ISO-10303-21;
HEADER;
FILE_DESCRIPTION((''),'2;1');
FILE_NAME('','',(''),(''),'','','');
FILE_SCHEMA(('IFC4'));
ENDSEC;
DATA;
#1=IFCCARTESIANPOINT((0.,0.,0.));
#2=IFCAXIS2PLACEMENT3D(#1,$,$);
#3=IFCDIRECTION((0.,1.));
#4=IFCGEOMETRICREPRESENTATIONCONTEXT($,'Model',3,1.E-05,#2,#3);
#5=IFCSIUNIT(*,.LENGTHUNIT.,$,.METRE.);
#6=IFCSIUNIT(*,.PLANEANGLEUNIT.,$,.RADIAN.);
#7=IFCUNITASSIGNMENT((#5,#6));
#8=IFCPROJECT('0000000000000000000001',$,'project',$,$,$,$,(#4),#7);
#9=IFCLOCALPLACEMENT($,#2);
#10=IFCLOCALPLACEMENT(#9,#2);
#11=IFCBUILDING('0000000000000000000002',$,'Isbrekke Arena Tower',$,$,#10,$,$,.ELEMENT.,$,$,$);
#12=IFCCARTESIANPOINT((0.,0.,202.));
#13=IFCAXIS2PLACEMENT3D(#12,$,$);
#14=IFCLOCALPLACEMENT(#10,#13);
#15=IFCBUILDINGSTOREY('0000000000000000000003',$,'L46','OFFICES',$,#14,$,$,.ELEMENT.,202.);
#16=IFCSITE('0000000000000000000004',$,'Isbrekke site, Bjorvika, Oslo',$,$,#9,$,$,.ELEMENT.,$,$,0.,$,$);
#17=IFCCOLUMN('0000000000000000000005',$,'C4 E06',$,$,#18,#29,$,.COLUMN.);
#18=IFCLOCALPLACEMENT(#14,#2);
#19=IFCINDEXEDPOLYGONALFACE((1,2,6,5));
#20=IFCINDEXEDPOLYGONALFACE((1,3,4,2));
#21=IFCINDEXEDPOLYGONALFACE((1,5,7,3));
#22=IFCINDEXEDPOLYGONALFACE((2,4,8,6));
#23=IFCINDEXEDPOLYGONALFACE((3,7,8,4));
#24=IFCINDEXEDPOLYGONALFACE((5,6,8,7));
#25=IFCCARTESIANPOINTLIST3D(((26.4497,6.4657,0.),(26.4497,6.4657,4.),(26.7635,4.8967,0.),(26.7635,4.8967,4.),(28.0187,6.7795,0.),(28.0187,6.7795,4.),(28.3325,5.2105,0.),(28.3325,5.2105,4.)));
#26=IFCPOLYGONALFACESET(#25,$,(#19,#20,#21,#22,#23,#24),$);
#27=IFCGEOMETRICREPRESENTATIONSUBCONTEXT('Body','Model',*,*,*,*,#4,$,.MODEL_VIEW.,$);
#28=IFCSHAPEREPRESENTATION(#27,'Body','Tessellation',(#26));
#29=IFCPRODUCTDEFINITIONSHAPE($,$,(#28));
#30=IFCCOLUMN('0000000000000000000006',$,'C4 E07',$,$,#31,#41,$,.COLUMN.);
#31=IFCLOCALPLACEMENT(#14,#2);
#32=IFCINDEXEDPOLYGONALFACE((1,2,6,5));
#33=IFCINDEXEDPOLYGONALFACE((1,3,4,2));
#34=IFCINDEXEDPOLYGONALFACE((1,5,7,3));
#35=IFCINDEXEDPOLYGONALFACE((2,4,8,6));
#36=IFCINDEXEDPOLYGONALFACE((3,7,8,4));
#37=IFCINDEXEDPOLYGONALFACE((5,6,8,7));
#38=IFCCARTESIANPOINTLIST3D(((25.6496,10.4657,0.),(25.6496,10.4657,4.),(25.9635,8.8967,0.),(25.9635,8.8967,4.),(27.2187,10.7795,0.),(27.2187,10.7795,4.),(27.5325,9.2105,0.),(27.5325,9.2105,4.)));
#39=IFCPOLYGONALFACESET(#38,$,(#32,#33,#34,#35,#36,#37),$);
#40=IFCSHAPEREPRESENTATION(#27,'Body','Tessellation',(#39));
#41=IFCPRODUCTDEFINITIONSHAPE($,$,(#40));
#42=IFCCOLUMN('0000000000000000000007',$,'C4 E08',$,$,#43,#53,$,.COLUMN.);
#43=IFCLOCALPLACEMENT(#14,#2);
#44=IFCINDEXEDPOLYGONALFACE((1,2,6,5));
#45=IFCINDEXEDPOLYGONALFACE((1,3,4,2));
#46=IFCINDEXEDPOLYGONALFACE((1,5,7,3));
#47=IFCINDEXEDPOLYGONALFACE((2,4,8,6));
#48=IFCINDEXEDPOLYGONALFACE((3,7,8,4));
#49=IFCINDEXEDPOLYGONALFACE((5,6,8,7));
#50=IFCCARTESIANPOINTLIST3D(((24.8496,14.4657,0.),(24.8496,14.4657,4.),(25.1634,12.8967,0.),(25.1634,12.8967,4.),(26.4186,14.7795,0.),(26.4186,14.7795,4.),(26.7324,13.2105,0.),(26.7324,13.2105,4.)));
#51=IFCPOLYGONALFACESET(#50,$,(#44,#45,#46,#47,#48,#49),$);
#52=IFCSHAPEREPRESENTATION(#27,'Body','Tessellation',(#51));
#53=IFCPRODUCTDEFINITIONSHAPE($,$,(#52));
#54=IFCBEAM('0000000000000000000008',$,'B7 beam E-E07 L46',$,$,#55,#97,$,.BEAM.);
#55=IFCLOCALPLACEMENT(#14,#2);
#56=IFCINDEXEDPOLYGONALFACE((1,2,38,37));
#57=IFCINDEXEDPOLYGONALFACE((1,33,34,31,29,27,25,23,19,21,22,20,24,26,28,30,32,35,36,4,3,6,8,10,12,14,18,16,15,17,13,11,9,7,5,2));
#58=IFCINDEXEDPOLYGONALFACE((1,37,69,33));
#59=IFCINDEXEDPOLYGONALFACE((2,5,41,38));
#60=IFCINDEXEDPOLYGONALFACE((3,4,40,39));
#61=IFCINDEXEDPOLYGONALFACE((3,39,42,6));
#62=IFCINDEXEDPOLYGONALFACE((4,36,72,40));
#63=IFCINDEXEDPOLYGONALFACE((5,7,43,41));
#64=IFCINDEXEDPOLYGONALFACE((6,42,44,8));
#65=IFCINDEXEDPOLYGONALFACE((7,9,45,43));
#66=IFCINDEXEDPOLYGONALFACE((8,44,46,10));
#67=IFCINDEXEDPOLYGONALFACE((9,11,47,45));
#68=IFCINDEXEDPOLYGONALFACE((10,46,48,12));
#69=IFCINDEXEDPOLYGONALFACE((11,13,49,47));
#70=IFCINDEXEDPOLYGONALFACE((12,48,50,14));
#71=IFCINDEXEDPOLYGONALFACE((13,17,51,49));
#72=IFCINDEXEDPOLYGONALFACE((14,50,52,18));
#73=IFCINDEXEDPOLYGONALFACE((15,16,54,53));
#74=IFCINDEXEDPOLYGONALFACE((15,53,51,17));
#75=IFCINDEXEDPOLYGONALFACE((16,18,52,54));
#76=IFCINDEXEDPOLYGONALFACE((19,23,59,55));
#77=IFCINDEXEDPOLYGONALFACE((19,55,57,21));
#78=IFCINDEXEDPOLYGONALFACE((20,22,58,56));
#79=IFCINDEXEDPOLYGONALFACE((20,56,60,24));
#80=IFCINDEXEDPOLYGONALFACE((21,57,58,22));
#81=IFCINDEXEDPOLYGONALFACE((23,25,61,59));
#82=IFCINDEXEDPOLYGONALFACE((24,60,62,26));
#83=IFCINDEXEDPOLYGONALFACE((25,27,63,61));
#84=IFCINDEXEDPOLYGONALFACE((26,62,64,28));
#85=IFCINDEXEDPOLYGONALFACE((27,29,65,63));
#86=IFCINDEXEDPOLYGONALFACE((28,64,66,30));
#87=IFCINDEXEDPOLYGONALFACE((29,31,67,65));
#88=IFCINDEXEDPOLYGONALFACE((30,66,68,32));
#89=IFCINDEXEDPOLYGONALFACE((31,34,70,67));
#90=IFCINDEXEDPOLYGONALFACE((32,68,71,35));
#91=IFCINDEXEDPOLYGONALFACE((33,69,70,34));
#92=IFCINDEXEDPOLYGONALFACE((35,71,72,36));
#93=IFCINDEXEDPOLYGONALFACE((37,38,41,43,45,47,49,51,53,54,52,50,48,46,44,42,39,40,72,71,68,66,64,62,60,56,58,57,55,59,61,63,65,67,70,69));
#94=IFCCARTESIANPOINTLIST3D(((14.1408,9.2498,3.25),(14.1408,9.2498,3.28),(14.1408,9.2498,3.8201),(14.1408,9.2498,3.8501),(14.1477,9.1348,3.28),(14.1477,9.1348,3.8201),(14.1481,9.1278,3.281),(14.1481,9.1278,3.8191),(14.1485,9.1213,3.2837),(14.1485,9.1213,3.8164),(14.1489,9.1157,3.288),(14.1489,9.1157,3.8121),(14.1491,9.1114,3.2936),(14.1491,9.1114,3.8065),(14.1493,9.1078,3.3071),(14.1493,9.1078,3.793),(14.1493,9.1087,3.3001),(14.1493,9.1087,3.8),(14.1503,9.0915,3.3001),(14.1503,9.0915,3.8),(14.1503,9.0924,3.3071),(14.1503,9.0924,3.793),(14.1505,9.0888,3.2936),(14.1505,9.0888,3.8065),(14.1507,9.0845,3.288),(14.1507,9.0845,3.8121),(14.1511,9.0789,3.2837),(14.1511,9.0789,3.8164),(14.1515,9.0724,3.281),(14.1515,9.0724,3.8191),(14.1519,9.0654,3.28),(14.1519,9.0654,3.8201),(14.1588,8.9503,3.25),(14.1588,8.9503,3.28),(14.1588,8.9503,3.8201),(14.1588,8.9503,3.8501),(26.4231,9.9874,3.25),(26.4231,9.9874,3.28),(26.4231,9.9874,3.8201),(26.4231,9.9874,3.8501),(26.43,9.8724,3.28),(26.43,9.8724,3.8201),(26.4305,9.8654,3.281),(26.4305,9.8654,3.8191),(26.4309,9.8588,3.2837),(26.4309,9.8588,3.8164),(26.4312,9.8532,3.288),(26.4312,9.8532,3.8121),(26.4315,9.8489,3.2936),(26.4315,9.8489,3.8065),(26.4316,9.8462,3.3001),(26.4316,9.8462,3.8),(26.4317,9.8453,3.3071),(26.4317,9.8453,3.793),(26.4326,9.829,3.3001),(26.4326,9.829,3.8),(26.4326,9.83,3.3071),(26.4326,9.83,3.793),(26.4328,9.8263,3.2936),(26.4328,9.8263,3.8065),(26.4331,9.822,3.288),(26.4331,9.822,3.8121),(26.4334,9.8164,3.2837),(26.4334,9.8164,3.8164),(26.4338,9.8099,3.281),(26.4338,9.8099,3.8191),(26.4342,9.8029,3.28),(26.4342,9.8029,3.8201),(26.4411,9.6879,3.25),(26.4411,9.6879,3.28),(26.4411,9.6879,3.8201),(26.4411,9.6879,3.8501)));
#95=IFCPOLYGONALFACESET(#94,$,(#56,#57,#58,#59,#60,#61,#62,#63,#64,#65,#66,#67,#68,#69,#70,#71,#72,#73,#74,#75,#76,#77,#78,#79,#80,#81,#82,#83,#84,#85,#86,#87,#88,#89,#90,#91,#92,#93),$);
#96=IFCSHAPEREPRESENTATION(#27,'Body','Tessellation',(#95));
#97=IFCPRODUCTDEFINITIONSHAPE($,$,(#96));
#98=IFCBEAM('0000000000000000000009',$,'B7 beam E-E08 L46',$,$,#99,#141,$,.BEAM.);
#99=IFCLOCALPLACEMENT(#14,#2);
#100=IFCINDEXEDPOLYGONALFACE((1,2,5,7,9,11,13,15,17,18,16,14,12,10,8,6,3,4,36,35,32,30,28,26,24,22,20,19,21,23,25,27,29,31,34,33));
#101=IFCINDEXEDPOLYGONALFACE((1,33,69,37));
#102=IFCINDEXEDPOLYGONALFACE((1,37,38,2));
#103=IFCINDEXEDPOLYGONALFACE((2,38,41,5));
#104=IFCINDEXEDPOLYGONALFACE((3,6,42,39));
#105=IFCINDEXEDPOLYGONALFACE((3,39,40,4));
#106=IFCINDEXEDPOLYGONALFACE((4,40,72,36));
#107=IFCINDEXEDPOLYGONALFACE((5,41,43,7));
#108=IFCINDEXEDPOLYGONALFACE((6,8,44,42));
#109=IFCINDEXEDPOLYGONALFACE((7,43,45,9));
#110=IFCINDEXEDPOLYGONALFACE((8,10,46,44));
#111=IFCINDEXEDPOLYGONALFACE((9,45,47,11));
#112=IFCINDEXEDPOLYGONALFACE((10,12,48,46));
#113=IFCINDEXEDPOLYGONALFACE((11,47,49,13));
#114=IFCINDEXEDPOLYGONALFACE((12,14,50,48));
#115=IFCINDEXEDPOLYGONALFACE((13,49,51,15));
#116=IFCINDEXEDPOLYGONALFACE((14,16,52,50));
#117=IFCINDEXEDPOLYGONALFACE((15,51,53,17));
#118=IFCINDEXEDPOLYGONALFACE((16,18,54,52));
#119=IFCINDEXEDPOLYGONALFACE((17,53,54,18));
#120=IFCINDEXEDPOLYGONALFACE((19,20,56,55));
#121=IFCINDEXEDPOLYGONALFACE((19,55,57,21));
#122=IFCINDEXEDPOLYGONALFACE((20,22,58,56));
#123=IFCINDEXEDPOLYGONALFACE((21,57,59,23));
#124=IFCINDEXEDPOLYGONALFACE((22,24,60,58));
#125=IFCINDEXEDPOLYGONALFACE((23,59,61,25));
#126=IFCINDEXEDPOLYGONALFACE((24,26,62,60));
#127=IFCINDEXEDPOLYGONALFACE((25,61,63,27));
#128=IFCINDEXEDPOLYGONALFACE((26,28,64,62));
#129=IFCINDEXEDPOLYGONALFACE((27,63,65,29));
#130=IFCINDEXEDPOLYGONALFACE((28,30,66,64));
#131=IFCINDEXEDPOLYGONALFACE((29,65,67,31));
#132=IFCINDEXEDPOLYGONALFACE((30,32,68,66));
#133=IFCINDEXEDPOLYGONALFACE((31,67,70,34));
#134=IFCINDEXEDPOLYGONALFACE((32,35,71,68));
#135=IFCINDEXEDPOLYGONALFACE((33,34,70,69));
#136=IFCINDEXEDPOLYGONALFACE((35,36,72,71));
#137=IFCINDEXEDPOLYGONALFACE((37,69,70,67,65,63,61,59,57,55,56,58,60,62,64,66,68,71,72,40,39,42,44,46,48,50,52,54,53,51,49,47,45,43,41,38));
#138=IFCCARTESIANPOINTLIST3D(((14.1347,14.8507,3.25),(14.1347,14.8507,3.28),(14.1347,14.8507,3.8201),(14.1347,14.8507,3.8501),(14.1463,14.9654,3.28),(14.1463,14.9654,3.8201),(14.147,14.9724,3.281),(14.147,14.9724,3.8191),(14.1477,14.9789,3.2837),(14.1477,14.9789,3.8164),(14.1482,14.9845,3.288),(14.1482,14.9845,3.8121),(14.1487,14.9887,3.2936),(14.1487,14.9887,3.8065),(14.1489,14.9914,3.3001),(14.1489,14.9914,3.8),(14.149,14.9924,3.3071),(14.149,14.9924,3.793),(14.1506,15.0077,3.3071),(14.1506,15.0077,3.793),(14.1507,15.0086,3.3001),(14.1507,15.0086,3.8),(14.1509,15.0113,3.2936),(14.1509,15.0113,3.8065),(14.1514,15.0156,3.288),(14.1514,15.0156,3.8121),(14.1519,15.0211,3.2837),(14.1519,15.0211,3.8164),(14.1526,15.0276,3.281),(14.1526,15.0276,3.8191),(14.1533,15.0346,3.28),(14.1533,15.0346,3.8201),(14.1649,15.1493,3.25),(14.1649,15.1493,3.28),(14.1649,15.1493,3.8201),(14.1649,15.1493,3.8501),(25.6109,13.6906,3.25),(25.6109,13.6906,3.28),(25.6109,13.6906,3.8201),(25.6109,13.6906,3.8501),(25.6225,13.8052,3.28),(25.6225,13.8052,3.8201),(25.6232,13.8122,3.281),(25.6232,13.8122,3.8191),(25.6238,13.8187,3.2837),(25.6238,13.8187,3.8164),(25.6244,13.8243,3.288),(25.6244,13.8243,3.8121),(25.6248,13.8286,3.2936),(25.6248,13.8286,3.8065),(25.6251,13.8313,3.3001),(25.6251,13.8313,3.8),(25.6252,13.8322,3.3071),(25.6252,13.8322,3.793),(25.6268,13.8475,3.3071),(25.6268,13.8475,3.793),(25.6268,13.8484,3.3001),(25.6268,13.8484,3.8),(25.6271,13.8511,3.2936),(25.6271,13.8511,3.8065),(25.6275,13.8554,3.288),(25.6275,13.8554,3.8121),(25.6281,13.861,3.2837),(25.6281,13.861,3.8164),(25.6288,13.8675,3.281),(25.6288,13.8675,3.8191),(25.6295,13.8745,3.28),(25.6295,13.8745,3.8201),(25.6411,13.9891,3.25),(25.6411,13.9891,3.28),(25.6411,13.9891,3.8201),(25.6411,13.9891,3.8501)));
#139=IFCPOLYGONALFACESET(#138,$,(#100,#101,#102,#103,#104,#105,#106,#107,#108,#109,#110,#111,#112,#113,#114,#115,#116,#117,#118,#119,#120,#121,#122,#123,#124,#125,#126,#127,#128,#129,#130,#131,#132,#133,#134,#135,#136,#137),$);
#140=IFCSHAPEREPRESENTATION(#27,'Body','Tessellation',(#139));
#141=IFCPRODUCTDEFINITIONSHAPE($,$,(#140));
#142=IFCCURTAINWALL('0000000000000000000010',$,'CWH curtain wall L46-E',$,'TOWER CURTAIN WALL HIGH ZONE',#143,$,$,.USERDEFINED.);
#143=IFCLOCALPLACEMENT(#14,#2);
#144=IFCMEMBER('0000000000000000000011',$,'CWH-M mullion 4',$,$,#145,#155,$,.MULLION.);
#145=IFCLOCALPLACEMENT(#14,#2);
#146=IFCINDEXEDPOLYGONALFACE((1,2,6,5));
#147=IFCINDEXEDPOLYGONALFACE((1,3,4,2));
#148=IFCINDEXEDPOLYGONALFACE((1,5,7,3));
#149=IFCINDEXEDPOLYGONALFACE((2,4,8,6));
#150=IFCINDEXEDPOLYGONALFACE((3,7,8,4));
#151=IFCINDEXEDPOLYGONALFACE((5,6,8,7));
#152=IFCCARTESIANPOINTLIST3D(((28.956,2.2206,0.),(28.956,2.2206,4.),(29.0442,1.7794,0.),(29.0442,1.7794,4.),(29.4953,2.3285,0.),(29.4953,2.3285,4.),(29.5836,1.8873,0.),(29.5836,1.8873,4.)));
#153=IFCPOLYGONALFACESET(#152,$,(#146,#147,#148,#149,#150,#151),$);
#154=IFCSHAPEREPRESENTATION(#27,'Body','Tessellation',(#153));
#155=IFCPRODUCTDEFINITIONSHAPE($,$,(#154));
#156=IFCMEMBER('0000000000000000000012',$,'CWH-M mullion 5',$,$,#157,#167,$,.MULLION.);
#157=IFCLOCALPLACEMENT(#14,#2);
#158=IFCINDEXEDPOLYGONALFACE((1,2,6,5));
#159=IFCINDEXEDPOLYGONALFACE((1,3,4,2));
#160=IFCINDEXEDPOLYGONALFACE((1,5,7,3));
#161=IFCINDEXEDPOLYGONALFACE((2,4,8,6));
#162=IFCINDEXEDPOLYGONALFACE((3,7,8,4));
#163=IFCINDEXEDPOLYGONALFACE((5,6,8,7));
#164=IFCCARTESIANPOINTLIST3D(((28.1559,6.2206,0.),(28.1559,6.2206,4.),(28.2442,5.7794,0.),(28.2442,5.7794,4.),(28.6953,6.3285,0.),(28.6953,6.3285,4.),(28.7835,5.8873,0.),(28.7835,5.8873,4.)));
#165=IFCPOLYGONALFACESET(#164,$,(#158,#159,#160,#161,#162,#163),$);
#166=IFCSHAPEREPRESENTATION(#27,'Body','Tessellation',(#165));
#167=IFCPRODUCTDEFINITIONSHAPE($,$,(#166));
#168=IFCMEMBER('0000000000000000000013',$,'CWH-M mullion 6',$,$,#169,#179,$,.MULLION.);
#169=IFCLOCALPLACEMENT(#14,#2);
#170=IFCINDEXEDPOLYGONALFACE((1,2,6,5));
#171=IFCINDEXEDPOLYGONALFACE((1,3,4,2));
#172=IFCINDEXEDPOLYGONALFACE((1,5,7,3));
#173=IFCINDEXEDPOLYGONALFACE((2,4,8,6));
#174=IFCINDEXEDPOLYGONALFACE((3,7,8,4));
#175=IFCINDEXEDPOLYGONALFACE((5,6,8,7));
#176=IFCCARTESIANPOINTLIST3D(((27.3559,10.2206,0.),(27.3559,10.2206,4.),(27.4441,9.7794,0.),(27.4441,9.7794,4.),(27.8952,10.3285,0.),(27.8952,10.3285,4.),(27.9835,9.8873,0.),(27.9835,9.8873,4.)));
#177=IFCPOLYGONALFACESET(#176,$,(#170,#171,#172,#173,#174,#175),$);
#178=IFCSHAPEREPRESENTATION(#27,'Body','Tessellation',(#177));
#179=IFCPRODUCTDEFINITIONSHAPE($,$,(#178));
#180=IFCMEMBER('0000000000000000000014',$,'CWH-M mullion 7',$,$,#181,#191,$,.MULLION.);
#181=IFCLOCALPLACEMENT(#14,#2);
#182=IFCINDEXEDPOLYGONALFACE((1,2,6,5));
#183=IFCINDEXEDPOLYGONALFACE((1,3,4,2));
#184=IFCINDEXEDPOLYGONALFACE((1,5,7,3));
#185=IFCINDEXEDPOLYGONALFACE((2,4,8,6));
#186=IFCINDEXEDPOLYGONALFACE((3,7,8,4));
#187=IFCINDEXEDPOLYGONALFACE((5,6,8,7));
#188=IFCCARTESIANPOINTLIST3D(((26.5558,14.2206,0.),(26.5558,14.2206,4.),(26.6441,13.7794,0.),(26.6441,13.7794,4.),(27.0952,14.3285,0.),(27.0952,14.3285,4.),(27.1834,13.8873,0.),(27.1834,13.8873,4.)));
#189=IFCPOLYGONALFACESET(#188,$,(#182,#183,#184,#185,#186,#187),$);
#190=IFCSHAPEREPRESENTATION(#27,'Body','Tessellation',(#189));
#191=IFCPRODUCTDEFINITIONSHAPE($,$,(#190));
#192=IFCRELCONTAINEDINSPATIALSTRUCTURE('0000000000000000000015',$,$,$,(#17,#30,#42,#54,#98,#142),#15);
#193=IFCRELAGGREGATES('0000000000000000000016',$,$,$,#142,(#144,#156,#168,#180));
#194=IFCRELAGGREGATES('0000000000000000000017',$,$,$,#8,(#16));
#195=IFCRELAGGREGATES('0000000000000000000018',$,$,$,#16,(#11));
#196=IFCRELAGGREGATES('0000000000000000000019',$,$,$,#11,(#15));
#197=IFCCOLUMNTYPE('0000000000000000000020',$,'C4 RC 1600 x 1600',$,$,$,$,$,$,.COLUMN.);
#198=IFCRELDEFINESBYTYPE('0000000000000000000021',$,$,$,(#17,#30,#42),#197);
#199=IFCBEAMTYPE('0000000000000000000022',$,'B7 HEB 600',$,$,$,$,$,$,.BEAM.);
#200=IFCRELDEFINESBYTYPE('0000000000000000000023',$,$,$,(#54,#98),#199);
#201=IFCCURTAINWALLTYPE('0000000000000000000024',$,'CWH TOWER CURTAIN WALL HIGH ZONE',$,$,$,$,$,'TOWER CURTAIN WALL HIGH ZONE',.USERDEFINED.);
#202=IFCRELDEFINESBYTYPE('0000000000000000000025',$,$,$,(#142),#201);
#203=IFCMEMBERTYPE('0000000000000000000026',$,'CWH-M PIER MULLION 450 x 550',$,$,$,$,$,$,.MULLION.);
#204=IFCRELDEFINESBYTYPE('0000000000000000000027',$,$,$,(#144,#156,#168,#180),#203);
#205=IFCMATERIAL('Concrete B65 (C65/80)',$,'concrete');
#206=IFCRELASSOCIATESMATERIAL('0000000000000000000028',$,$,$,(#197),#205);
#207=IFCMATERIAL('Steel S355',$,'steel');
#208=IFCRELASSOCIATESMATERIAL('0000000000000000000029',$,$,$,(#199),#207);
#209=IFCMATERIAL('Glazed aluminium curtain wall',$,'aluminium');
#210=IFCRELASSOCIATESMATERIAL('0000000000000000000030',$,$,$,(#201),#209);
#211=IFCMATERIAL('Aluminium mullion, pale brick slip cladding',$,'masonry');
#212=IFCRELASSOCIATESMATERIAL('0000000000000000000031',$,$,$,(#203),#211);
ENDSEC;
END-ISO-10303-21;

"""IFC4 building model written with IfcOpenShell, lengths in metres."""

from ifc_helpers import new_model, si_unit, direction, frame, origin, origin_2d, place, context, subcontext, project, spatial, rectangle, i_section, extrude, material, material_profile, profile_set, type_object, element, aggregate, save


model = new_model("IFC4")

# Units and contexts
model_context = context("Model", 3, precision=1e-05, world=origin(), true_north=direction((0.0, 1.0)))
body_context = subcontext(model_context, "Body", "Model", "MODEL_VIEW")
ifc_project = project(units=[si_unit("LENGTHUNIT", "METRE"), si_unit("PLANEANGLEUNIT", "RADIAN")], contexts=[model_context])

# Site, building, storey
site_placement = place(None, origin())
site = spatial("IfcSite", under=ifc_project, at=site_placement, Name="Isbrekke site, Bjorvika, Oslo", CompositionType="ELEMENT", RefElevation=0.0)
building_placement = place(site_placement, origin())
building = spatial("IfcBuilding", under=site, at=building_placement, Name="Isbrekke Arena Tower", CompositionType="ELEMENT")
storey_placement = place(building_placement, frame((0.0, 0.0, 202.0)))
storey = spatial("IfcBuildingStorey", under=building, at=storey_placement, Name="L46", Description="OFFICES", CompositionType="ELEMENT", Elevation=202.0)

# Columns
ifc_material_1 = material(Name="Concrete B65 (C65/80)", Category="concrete")
ifc_material_profile_1 = material_profile(ifc_material_1, rectangle(XDim=1.6001, YDim=1.6001, at=origin_2d()), Name="RC 1600x1600")
ifc_profile_set_1 = profile_set([ifc_material_profile_1], Name="Concrete B65 (C65/80)")
column_type = type_object("IfcColumnType", Name="C4 RC 1600 x 1600", PredefinedType="COLUMN", material=ifc_profile_set_1)
for number, where, z_axis, x_axis, name in (
    (1, (27.3911, 5.8381, 0.0), (0.0, 0.0, 1.0), (-0.196116, 0.980581, 0.0), "C4 E06"),
    (2, (26.5911, 9.8381, 0.0), (0.0, 0.0, 1.0), (-0.196116, 0.980581, 0.0), "C4 E07"),
    (3, (25.791, 13.8381, 0.0), (0.0, 0.0, 1.0), (-0.196116, 0.980581, 0.0), "C4 E08"),
):
    element("IfcColumn", number, at=place(storey_placement, frame(where, z_axis=z_axis, x_axis=x_axis)), inside=storey, type_object=column_type, Name=name, PredefinedType="COLUMN", context=body_context, shape_type="SweptSolid", body=[
        extrude(rectangle(XDim=1.6001, YDim=1.6001, at=origin_2d()), origin(), (0.0, 0.0, 1.0), 4.0),
    ])

# Beams
ifc_material_2 = material(Name="Steel S355", Category="steel")
ifc_material_profile_2 = material_profile(ifc_material_2, i_section(OverallWidth=0.3, OverallDepth=0.6001, WebThickness=0.0154, FlangeThickness=0.03, FilletRadius=0.0271, at=origin_2d()), Name="HEB 600")
ifc_profile_set_2 = profile_set([ifc_material_profile_2], Name="Steel S355")
beam_type_1 = type_object("IfcBeamType", Name="B7 HEB 600", PredefinedType="BEAM", material=ifc_profile_set_2)
beam_1_placement = place(storey_placement, frame((26.4321, 9.8376, 3.55), z_axis=(-0.998202, -0.059942, 0.0), x_axis=(0.059942, -0.998202, 0.0)))
element("IfcBeam", 4, at=beam_1_placement, inside=storey, type_object=beam_type_1, Name="B7 beam E-E07 L46", PredefinedType="BEAM", context=body_context, shape_type="SweptSolid", body=[
    extrude(i_section(OverallWidth=0.3, OverallDepth=0.6001, WebThickness=0.0154, FlangeThickness=0.03, FilletRadius=0.0271, at=origin_2d()), origin(), (0.0, 0.0, 1.0), 12.3044),
])
beam_2_placement = place(storey_placement, frame((25.626, 13.8398, 3.55), z_axis=(-0.994929, 0.100581, 0.0), x_axis=(-0.100581, -0.994929, 0.0)))
element("IfcBeam", 5, at=beam_2_placement, inside=storey, type_object=beam_type_1, Name="B7 beam E-E08 L46", PredefinedType="BEAM", context=body_context, shape_type="SweptSolid", body=[
    extrude(i_section(OverallWidth=0.3, OverallDepth=0.6001, WebThickness=0.0154, FlangeThickness=0.03, FilletRadius=0.0271, at=origin_2d()), origin(), (0.0, 0.0, 1.0), 11.5347),
])

# Curtain wall, members
ifc_material_3 = material(Name="Glazed aluminium curtain wall", Category="aluminium")
curtain_wall_type = type_object("IfcCurtainWallType", Name="CWH TOWER CURTAIN WALL HIGH ZONE", ElementType="TOWER CURTAIN WALL HIGH ZONE", PredefinedType="USERDEFINED", material=ifc_material_3)
curtain_wall_placement = place(storey_placement, origin())
curtain_wall = element("IfcCurtainWall", 6, at=curtain_wall_placement, inside=storey, type_object=curtain_wall_type, Name="CWH curtain wall L46-E", ObjectType="TOWER CURTAIN WALL HIGH ZONE", PredefinedType="USERDEFINED")
ifc_material_4 = material(Name="Aluminium mullion, pale brick slip cladding", Category="masonry")
ifc_material_profile_3 = material_profile(ifc_material_4, rectangle(XDim=0.45, YDim=0.55, at=origin_2d()), Name="PIER 450X550")
ifc_profile_set_3 = profile_set([ifc_material_profile_3], Name="Aluminium mullion, pale brick slip cladding")
member_type_1 = type_object("IfcMemberType", Name="CWH-M PIER MULLION 450 x 550", PredefinedType="MULLION", material=ifc_profile_set_3)
member_1_placement = place(storey_placement, frame((29.2698, 2.054, 0.0), z_axis=(0.0, 0.0, 1.0), x_axis=(-0.196116, 0.980581, 0.0)))
member_1 = element("IfcMember", 7, at=member_1_placement, type_object=member_type_1, Name="CWH-M mullion 4", PredefinedType="MULLION", context=body_context, shape_type="SweptSolid", body=[
    extrude(rectangle(XDim=0.45, YDim=0.55, at=origin_2d()), origin(), (0.0, 0.0, 1.0), 4.0),
])
member_2_placement = place(storey_placement, frame((28.4697, 6.054, 0.0), z_axis=(0.0, 0.0, 1.0), x_axis=(-0.196116, 0.980581, 0.0)))
member_2 = element("IfcMember", 8, at=member_2_placement, type_object=member_type_1, Name="CWH-M mullion 5", PredefinedType="MULLION", context=body_context, shape_type="SweptSolid", body=[
    extrude(rectangle(XDim=0.45, YDim=0.55, at=origin_2d()), origin(), (0.0, 0.0, 1.0), 4.0),
])
member_3_placement = place(storey_placement, frame((27.6697, 10.054, 0.0), z_axis=(0.0, 0.0, 1.0), x_axis=(-0.196116, 0.980581, 0.0)))
member_3 = element("IfcMember", 9, at=member_3_placement, type_object=member_type_1, Name="CWH-M mullion 6", PredefinedType="MULLION", context=body_context, shape_type="SweptSolid", body=[
    extrude(rectangle(XDim=0.45, YDim=0.55, at=origin_2d()), origin(), (0.0, 0.0, 1.0), 4.0),
])
member_4_placement = place(storey_placement, frame((26.8696, 14.054, 0.0), z_axis=(0.0, 0.0, 1.0), x_axis=(-0.196116, 0.980581, 0.0)))
member_4 = element("IfcMember", 10, at=member_4_placement, type_object=member_type_1, Name="CWH-M mullion 7", PredefinedType="MULLION", context=body_context, shape_type="SweptSolid", body=[
    extrude(rectangle(XDim=0.45, YDim=0.55, at=origin_2d()), origin(), (0.0, 0.0, 1.0), 4.0),
])

aggregate(curtain_wall, [member_1, member_2, member_3, member_4])

save(model, "model.ifc")
